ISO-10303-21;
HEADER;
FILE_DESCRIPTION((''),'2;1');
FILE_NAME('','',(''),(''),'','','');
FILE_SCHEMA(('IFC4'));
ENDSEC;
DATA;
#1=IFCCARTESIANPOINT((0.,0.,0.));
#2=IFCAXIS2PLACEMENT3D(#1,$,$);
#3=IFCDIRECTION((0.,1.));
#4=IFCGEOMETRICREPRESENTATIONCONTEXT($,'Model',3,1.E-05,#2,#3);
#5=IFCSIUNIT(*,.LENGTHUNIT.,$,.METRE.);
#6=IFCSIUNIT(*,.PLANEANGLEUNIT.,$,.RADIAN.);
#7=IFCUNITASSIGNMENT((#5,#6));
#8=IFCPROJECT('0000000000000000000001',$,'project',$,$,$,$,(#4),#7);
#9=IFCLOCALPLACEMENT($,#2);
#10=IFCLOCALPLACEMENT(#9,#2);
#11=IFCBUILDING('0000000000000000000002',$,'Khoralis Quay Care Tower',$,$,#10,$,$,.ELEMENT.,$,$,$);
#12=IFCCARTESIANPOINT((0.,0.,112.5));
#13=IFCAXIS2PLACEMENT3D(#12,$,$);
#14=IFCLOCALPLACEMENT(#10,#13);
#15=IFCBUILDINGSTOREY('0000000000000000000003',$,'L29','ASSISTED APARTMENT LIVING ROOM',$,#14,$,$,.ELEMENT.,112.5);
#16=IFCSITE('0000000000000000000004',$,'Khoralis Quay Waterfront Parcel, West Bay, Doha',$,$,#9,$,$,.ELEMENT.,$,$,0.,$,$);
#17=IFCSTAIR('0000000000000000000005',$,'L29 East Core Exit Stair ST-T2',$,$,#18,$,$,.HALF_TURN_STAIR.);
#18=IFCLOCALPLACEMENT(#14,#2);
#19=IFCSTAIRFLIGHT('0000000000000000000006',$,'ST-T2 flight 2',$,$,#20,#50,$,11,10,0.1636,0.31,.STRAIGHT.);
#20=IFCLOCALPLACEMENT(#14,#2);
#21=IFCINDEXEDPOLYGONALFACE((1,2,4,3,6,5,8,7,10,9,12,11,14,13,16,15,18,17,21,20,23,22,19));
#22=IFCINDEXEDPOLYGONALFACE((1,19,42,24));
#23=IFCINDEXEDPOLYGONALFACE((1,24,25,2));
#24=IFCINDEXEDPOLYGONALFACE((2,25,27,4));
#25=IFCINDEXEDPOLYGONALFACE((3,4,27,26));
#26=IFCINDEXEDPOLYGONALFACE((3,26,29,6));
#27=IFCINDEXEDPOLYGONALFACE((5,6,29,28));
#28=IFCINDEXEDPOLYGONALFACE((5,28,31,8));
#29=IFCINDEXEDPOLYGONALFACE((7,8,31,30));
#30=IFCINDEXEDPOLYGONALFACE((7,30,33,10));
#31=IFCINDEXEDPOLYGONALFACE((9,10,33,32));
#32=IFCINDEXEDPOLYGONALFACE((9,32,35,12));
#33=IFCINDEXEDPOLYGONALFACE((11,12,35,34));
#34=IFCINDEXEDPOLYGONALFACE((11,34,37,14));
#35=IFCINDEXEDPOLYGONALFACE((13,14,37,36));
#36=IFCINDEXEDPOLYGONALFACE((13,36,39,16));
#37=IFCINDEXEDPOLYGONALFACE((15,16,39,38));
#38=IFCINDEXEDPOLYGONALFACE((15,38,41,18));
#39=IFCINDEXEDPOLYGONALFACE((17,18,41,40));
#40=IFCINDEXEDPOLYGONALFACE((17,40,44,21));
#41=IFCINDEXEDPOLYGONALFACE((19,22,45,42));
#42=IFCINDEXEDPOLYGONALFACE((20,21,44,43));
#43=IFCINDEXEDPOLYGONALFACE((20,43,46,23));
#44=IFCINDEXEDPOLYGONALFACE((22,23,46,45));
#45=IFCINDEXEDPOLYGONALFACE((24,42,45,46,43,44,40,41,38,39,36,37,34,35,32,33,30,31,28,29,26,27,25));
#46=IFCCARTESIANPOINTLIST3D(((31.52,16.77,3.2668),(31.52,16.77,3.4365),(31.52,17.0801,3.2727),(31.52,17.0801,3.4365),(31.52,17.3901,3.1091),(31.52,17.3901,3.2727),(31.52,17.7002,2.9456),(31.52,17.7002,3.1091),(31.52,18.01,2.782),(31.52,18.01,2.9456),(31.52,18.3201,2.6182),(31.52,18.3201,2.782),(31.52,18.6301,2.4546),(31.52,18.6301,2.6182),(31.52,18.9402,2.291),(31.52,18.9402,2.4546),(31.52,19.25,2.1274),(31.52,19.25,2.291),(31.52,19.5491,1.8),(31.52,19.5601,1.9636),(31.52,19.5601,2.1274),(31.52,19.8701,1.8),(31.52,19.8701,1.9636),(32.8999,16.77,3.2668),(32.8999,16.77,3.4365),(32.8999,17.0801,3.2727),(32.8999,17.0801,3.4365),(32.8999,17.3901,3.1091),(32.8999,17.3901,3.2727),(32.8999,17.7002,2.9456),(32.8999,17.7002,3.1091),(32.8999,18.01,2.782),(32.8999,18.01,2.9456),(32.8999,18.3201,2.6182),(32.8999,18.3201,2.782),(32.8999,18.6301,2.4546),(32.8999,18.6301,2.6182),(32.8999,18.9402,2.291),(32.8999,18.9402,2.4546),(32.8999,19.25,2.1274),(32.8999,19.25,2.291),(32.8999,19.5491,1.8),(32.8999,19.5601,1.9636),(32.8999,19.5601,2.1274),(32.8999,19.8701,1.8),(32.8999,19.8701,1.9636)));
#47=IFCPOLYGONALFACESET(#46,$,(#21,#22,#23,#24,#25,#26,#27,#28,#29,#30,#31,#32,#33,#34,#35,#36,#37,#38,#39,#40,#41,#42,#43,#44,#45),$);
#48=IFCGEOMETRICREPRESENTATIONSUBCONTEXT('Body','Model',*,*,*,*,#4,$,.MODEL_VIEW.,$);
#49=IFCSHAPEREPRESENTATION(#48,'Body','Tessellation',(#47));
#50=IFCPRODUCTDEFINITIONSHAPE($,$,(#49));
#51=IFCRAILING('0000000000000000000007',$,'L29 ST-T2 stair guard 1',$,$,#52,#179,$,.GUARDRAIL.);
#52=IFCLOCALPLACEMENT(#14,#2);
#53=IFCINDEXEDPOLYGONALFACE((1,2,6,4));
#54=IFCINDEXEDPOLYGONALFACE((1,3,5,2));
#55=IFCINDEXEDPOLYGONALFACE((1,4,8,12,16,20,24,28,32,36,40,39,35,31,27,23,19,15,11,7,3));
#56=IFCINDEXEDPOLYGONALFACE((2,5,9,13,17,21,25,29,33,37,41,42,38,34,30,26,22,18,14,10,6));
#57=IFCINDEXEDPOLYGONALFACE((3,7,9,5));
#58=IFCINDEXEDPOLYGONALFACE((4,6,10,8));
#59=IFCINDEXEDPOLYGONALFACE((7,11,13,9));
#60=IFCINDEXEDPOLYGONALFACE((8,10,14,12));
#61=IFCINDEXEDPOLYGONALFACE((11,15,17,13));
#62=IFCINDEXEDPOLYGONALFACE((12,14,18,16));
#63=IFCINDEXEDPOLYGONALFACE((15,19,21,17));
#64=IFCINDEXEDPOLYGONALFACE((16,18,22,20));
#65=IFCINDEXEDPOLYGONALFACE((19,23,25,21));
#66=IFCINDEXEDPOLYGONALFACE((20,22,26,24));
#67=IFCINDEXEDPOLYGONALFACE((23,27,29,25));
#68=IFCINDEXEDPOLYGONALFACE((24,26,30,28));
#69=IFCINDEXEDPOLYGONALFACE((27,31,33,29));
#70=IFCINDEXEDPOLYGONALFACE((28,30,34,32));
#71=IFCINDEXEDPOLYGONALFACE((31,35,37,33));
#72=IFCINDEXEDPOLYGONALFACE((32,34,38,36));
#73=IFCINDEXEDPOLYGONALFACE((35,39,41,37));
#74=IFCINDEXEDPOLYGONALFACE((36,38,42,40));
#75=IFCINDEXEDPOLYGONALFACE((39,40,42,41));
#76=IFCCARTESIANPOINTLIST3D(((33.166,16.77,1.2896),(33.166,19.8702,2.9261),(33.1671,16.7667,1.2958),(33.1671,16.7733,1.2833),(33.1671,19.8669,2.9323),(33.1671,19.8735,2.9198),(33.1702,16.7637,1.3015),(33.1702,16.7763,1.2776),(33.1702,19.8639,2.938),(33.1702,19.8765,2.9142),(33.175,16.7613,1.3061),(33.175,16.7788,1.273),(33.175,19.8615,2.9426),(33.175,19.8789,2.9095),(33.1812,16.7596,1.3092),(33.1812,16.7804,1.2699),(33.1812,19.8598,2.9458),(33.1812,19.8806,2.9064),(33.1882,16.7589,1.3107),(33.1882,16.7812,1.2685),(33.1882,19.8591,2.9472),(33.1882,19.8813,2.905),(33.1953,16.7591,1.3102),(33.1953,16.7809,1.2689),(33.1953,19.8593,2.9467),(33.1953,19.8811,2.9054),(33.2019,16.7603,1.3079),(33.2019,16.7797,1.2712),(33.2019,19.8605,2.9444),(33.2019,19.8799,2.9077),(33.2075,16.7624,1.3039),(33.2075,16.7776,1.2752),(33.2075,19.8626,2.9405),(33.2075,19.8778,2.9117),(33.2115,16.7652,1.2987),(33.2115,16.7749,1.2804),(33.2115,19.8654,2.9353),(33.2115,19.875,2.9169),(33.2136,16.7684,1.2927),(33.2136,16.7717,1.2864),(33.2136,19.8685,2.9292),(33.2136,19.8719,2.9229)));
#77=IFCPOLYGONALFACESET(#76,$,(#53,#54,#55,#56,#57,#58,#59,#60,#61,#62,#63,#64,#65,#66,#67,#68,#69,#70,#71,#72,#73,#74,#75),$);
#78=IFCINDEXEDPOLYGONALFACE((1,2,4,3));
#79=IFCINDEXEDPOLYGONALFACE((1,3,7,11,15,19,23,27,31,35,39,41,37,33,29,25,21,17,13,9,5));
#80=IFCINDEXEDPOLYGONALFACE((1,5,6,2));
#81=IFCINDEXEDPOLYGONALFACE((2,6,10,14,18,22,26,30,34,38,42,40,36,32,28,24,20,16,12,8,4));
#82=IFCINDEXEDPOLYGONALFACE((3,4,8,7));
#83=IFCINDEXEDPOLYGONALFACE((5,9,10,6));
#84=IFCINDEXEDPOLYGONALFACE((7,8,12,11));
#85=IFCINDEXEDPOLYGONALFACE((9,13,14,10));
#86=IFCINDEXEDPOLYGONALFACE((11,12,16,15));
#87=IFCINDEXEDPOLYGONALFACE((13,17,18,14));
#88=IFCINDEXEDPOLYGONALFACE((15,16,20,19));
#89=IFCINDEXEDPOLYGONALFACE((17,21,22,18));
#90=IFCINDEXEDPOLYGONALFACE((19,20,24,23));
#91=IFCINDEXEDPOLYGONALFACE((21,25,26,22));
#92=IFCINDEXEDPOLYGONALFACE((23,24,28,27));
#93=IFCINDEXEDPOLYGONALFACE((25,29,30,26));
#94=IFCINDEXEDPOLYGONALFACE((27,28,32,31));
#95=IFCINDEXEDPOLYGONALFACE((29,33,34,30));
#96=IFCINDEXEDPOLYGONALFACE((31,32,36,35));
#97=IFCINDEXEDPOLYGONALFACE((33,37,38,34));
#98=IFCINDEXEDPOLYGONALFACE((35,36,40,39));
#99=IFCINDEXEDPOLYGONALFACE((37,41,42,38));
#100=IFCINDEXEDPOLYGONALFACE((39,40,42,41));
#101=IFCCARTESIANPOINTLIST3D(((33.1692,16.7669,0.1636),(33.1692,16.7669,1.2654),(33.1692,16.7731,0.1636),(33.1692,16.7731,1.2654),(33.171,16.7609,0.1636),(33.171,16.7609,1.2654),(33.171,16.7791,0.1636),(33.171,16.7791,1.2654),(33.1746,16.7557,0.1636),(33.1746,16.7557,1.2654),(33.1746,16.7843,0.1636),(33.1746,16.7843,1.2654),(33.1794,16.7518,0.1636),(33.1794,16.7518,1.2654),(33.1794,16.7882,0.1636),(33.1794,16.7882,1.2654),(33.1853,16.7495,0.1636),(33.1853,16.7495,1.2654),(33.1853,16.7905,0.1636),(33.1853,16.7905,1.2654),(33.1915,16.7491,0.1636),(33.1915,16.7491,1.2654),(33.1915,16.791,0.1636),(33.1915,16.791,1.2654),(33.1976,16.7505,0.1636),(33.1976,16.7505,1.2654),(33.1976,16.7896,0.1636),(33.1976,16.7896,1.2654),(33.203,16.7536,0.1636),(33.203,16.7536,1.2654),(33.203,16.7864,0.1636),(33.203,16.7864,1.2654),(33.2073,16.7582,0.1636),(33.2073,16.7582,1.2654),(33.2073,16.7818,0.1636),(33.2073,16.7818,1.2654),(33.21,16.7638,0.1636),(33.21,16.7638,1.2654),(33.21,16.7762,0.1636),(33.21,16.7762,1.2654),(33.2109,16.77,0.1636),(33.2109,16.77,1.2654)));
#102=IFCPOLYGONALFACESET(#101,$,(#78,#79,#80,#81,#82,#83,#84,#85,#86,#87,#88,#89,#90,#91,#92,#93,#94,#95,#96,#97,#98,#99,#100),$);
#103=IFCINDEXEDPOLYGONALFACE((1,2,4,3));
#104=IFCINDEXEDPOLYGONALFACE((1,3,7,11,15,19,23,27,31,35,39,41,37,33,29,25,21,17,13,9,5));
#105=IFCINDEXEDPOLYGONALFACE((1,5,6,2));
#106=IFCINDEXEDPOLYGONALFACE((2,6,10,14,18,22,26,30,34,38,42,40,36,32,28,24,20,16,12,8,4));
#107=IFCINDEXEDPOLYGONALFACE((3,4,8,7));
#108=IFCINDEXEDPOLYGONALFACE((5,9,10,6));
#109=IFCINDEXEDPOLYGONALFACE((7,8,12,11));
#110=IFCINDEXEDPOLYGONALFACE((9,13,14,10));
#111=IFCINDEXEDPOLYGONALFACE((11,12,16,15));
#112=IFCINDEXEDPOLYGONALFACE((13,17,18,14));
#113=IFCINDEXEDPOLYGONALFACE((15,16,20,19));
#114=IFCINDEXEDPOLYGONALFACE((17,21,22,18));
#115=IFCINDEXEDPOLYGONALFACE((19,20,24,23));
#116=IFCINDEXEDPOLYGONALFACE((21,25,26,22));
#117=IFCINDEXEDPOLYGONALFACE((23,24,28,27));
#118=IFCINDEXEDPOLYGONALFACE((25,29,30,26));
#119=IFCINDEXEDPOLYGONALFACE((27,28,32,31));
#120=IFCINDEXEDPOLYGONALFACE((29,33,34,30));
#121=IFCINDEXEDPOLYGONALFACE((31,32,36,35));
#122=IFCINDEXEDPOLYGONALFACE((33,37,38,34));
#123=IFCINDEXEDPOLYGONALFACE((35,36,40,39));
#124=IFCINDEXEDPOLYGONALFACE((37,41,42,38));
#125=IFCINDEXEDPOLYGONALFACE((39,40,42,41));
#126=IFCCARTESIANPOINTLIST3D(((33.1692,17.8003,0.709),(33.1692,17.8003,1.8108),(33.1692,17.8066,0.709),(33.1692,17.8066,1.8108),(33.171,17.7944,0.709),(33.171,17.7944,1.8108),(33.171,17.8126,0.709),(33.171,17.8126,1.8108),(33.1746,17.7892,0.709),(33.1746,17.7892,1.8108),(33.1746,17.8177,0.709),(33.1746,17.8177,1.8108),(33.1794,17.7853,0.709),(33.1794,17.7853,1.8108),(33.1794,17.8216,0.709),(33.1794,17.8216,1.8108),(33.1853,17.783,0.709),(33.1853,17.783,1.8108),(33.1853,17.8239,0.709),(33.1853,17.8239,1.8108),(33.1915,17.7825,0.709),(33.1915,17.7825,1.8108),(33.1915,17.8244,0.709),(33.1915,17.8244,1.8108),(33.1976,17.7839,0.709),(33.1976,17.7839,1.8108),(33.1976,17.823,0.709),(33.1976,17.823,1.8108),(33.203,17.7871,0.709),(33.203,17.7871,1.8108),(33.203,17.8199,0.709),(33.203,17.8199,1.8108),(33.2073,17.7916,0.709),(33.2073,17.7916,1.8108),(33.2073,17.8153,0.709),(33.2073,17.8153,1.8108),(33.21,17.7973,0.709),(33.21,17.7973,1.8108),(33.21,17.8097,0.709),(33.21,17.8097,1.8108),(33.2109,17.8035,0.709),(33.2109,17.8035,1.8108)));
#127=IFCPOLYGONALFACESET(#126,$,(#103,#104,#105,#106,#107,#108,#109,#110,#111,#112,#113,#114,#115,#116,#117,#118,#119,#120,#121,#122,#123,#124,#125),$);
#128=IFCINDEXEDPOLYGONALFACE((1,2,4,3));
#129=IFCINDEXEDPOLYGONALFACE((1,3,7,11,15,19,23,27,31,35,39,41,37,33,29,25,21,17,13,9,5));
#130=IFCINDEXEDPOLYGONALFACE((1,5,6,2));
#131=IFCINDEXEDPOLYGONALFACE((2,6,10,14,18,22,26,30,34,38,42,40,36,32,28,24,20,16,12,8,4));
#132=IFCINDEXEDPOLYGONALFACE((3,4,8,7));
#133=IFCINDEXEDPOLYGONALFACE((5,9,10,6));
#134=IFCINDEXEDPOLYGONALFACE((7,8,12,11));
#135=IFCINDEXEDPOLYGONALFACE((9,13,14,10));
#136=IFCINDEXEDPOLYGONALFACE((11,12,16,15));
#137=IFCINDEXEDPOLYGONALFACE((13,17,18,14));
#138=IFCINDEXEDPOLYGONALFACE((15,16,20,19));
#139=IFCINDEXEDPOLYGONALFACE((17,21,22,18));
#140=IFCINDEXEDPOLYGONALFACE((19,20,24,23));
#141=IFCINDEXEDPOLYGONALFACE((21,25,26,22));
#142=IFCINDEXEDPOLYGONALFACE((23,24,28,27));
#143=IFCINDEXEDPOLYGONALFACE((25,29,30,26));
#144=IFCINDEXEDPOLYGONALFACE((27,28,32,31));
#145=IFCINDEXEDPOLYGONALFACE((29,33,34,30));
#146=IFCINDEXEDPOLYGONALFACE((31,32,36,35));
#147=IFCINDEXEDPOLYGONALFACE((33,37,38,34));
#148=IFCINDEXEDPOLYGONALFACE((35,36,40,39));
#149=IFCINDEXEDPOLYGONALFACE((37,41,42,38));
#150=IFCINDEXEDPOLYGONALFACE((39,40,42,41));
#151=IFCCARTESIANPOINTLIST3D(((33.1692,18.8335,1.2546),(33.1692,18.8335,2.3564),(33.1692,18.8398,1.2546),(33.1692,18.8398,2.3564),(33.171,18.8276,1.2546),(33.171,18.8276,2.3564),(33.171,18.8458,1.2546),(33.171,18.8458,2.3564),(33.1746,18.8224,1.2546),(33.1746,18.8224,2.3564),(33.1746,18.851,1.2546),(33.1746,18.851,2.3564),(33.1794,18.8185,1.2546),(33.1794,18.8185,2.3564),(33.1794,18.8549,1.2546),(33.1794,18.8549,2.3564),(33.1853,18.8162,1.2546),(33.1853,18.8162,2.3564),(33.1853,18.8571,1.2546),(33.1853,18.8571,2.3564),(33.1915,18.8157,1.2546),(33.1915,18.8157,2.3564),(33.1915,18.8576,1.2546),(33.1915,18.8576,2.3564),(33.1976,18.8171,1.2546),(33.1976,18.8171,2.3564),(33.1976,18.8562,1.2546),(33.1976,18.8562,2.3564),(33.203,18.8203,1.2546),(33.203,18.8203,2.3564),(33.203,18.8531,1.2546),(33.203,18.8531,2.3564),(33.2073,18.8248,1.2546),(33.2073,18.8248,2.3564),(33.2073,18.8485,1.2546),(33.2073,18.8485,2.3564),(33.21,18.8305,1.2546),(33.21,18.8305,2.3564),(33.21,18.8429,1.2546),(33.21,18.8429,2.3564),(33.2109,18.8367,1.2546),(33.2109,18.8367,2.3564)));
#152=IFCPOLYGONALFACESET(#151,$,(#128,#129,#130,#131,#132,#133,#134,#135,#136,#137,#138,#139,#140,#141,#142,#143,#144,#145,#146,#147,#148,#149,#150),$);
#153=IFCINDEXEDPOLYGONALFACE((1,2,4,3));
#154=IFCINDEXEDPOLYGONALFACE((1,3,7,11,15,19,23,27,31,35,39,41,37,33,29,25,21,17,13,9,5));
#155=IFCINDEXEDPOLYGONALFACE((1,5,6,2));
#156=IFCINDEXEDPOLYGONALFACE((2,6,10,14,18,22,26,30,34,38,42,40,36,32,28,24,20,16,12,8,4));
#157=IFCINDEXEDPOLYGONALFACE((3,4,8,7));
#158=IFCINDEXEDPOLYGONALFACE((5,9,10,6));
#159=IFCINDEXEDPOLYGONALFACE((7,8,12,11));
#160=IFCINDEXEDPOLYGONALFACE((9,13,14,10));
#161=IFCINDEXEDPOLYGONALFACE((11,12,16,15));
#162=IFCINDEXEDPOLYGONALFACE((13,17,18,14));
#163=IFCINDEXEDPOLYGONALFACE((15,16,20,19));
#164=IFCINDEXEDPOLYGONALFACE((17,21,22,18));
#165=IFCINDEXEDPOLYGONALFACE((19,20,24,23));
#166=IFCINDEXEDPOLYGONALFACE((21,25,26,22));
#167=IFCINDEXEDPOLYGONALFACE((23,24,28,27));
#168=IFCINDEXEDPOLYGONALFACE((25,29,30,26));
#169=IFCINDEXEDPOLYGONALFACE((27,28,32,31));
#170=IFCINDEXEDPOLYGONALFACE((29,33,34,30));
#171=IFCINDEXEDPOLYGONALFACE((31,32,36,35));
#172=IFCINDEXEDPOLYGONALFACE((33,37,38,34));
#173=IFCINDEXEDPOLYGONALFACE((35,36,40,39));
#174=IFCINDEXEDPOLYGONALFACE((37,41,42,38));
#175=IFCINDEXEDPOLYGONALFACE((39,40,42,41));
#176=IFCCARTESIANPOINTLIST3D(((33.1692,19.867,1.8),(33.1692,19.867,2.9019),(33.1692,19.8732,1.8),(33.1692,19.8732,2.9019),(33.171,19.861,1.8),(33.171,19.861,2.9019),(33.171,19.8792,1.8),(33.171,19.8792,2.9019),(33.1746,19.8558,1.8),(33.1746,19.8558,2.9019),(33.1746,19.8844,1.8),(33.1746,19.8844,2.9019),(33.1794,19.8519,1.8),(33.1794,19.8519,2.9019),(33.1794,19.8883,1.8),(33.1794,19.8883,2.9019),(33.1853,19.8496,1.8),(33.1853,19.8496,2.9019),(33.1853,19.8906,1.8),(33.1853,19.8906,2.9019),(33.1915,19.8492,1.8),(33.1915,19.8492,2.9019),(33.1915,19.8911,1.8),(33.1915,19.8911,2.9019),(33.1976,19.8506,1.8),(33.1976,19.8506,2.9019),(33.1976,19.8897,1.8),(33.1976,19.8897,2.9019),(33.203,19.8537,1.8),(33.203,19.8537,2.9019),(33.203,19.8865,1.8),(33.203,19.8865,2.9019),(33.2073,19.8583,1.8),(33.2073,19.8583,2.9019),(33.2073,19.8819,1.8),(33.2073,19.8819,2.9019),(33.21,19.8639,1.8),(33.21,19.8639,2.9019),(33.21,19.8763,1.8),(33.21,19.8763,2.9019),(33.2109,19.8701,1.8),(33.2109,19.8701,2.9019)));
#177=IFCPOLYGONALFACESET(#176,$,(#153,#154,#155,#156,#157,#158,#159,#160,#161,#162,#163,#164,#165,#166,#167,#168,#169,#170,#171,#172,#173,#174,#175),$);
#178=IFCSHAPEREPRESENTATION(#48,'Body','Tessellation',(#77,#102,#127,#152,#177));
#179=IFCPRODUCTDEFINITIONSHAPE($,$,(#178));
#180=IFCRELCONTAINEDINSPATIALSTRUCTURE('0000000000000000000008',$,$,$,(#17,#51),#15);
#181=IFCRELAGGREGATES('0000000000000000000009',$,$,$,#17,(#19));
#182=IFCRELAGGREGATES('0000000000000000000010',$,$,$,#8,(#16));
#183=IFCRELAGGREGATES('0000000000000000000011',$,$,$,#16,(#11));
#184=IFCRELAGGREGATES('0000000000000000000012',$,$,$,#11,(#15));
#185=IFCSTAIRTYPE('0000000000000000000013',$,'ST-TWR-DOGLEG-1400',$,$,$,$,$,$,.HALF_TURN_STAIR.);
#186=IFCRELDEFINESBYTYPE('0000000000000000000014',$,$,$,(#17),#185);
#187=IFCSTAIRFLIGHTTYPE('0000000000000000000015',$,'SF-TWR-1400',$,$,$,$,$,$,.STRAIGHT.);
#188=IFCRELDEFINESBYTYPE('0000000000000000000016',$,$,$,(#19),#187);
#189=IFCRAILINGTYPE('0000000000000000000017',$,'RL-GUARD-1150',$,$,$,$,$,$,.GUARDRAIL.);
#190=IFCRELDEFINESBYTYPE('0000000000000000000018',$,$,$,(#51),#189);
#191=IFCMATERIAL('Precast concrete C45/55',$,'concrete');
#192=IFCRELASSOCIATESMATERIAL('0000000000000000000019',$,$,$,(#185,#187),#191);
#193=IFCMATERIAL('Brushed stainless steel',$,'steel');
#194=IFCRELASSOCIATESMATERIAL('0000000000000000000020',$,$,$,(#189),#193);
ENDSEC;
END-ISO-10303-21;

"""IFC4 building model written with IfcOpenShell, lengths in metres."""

from ifc_helpers import new_model, si_unit, direction, frame, origin, origin_2d, place, context, subcontext, project, spatial, polyline, circle, outline, extrude, source, transform, mapped, material, type_object, element, aggregate, save


model = new_model("IFC4")

# Units and contexts
model_context = context("Model", 3, precision=1e-05, world=origin(), true_north=direction((0.0, 1.0)))
body_context = subcontext(model_context, "Body", "Model", "MODEL_VIEW")
ifc_project = project(units=[si_unit("LENGTHUNIT", "METRE"), si_unit("PLANEANGLEUNIT", "RADIAN")], contexts=[model_context])

# Site, building, storey
site_placement = place(None, origin())
site = spatial("IfcSite", under=ifc_project, at=site_placement, Name="Khoralis Quay Waterfront Parcel, West Bay, Doha", CompositionType="ELEMENT", RefElevation=0.0)
building_placement = place(site_placement, origin())
building = spatial("IfcBuilding", under=site, at=building_placement, Name="Khoralis Quay Care Tower", CompositionType="ELEMENT")
storey_placement = place(building_placement, frame((0.0, 0.0, 112.5)))
storey = spatial("IfcBuildingStorey", under=building, at=storey_placement, Name="L29", Description="ASSISTED APARTMENT LIVING ROOM", CompositionType="ELEMENT", Elevation=112.5)

# Shared definitions
ifc_material_1 = material(Name="Brushed stainless steel", Category="steel")

# Stair, stair flight
ifc_material_2 = material(Name="Precast concrete C45/55", Category="concrete")
stair_type = type_object("IfcStairType", Name="ST-TWR-DOGLEG-1400", PredefinedType="HALF_TURN_STAIR", material=ifc_material_2)
stair_placement = place(storey_placement, origin())
stair = element("IfcStair", 1, at=stair_placement, inside=storey, type_object=stair_type, Name="L29 East Core Exit Stair ST-T2", PredefinedType="HALF_TURN_STAIR")
stair_flight_type = type_object("IfcStairFlightType", Name="SF-TWR-1400", PredefinedType="STRAIGHT", material=ifc_material_2)
shared_shape_1 = source(origin(), body_context, "Body", "SweptSolid", [
    extrude(outline(polyline([(0.0, 0.0), (0.0, 0.1636), (0.3101, 0.1636), (0.3101, 0.3274), (0.6201, 0.3274), (0.6201, 0.491), (0.9299, 0.491), (0.9299, 0.6545), (1.24, 0.6545), (1.24, 0.8181), (1.55, 0.8181), (1.55, 0.9819), (1.8601, 0.9819), (1.8601, 1.1455), (2.1699, 1.1455), (2.1699, 1.3091), (2.48, 1.3091), (2.48, 1.4727), (2.79, 1.4727), (2.79, 1.6365), (3.1001, 1.6365), (3.1001, 1.8), (3.1001, 1.4668), (0.321, 0.0), (0.0, 0.0)])), frame((0.0, 0.6899, 0.0), z_axis=(0.0, -1.0, 0.0), x_axis=(1.0, 0.0, 0.0)), (0.0, 0.0, 1.0), 1.3799),
])
stair_flight_1_placement = place(storey_placement, frame((32.21, 19.8701, 1.8), z_axis=(0.0, 0.0, 1.0), x_axis=(0.0, -1.0, 0.0)))
stair_flight_1 = element("IfcStairFlight", 2, at=stair_flight_1_placement, type_object=stair_flight_type, Name="ST-T2 flight 2", NumberOfRisers=11, NumberOfTreads=10, PredefinedType="STRAIGHT", RiserHeight=0.1636, TreadLength=0.31, context=body_context, shape_type="MappedRepresentation", body=[
    mapped(shared_shape_1, transform((0.0, 0.0, 0.0), scale=1.0)),
])
aggregate(stair, [stair_flight_1])

# Railing
railing_type_1 = type_object("IfcRailingType", Name="RL-GUARD-1150", PredefinedType="GUARDRAIL", material=ifc_material_1)
railing_1_placement = place(storey_placement, frame((33.1899, 16.77, 0.1636)))
element("IfcRailing", 3, at=railing_1_placement, inside=storey, type_object=railing_type_1, Name="L29 ST-T2 stair guard 1", PredefinedType="GUARDRAIL", context=body_context, shape_type="SweptSolid", body=[
    extrude(circle(Radius=0.0239, at=origin_2d()), frame((0.0, 0.0, 1.126), z_axis=(0.0, 0.884348, 0.466828), x_axis=(-1.0, 0.0, 0.0)), (0.0, 0.0, 1.0), 3.5056),
    extrude(circle(Radius=0.021, at=origin_2d()), origin(), (0.0, 0.0, 1.0), 1.1018),
    extrude(circle(Radius=0.021, at=origin_2d()), frame((0.0, 1.0334, 0.5454)), (0.0, 0.0, 1.0), 1.1018),
    extrude(circle(Radius=0.021, at=origin_2d()), frame((0.0, 2.0667, 1.0911)), (0.0, 0.0, 1.0), 1.1018),
    extrude(circle(Radius=0.021, at=origin_2d()), frame((0.0, 3.1001, 1.6365)), (0.0, 0.0, 1.0), 1.1018),
])

save(model, "model.ifc")
